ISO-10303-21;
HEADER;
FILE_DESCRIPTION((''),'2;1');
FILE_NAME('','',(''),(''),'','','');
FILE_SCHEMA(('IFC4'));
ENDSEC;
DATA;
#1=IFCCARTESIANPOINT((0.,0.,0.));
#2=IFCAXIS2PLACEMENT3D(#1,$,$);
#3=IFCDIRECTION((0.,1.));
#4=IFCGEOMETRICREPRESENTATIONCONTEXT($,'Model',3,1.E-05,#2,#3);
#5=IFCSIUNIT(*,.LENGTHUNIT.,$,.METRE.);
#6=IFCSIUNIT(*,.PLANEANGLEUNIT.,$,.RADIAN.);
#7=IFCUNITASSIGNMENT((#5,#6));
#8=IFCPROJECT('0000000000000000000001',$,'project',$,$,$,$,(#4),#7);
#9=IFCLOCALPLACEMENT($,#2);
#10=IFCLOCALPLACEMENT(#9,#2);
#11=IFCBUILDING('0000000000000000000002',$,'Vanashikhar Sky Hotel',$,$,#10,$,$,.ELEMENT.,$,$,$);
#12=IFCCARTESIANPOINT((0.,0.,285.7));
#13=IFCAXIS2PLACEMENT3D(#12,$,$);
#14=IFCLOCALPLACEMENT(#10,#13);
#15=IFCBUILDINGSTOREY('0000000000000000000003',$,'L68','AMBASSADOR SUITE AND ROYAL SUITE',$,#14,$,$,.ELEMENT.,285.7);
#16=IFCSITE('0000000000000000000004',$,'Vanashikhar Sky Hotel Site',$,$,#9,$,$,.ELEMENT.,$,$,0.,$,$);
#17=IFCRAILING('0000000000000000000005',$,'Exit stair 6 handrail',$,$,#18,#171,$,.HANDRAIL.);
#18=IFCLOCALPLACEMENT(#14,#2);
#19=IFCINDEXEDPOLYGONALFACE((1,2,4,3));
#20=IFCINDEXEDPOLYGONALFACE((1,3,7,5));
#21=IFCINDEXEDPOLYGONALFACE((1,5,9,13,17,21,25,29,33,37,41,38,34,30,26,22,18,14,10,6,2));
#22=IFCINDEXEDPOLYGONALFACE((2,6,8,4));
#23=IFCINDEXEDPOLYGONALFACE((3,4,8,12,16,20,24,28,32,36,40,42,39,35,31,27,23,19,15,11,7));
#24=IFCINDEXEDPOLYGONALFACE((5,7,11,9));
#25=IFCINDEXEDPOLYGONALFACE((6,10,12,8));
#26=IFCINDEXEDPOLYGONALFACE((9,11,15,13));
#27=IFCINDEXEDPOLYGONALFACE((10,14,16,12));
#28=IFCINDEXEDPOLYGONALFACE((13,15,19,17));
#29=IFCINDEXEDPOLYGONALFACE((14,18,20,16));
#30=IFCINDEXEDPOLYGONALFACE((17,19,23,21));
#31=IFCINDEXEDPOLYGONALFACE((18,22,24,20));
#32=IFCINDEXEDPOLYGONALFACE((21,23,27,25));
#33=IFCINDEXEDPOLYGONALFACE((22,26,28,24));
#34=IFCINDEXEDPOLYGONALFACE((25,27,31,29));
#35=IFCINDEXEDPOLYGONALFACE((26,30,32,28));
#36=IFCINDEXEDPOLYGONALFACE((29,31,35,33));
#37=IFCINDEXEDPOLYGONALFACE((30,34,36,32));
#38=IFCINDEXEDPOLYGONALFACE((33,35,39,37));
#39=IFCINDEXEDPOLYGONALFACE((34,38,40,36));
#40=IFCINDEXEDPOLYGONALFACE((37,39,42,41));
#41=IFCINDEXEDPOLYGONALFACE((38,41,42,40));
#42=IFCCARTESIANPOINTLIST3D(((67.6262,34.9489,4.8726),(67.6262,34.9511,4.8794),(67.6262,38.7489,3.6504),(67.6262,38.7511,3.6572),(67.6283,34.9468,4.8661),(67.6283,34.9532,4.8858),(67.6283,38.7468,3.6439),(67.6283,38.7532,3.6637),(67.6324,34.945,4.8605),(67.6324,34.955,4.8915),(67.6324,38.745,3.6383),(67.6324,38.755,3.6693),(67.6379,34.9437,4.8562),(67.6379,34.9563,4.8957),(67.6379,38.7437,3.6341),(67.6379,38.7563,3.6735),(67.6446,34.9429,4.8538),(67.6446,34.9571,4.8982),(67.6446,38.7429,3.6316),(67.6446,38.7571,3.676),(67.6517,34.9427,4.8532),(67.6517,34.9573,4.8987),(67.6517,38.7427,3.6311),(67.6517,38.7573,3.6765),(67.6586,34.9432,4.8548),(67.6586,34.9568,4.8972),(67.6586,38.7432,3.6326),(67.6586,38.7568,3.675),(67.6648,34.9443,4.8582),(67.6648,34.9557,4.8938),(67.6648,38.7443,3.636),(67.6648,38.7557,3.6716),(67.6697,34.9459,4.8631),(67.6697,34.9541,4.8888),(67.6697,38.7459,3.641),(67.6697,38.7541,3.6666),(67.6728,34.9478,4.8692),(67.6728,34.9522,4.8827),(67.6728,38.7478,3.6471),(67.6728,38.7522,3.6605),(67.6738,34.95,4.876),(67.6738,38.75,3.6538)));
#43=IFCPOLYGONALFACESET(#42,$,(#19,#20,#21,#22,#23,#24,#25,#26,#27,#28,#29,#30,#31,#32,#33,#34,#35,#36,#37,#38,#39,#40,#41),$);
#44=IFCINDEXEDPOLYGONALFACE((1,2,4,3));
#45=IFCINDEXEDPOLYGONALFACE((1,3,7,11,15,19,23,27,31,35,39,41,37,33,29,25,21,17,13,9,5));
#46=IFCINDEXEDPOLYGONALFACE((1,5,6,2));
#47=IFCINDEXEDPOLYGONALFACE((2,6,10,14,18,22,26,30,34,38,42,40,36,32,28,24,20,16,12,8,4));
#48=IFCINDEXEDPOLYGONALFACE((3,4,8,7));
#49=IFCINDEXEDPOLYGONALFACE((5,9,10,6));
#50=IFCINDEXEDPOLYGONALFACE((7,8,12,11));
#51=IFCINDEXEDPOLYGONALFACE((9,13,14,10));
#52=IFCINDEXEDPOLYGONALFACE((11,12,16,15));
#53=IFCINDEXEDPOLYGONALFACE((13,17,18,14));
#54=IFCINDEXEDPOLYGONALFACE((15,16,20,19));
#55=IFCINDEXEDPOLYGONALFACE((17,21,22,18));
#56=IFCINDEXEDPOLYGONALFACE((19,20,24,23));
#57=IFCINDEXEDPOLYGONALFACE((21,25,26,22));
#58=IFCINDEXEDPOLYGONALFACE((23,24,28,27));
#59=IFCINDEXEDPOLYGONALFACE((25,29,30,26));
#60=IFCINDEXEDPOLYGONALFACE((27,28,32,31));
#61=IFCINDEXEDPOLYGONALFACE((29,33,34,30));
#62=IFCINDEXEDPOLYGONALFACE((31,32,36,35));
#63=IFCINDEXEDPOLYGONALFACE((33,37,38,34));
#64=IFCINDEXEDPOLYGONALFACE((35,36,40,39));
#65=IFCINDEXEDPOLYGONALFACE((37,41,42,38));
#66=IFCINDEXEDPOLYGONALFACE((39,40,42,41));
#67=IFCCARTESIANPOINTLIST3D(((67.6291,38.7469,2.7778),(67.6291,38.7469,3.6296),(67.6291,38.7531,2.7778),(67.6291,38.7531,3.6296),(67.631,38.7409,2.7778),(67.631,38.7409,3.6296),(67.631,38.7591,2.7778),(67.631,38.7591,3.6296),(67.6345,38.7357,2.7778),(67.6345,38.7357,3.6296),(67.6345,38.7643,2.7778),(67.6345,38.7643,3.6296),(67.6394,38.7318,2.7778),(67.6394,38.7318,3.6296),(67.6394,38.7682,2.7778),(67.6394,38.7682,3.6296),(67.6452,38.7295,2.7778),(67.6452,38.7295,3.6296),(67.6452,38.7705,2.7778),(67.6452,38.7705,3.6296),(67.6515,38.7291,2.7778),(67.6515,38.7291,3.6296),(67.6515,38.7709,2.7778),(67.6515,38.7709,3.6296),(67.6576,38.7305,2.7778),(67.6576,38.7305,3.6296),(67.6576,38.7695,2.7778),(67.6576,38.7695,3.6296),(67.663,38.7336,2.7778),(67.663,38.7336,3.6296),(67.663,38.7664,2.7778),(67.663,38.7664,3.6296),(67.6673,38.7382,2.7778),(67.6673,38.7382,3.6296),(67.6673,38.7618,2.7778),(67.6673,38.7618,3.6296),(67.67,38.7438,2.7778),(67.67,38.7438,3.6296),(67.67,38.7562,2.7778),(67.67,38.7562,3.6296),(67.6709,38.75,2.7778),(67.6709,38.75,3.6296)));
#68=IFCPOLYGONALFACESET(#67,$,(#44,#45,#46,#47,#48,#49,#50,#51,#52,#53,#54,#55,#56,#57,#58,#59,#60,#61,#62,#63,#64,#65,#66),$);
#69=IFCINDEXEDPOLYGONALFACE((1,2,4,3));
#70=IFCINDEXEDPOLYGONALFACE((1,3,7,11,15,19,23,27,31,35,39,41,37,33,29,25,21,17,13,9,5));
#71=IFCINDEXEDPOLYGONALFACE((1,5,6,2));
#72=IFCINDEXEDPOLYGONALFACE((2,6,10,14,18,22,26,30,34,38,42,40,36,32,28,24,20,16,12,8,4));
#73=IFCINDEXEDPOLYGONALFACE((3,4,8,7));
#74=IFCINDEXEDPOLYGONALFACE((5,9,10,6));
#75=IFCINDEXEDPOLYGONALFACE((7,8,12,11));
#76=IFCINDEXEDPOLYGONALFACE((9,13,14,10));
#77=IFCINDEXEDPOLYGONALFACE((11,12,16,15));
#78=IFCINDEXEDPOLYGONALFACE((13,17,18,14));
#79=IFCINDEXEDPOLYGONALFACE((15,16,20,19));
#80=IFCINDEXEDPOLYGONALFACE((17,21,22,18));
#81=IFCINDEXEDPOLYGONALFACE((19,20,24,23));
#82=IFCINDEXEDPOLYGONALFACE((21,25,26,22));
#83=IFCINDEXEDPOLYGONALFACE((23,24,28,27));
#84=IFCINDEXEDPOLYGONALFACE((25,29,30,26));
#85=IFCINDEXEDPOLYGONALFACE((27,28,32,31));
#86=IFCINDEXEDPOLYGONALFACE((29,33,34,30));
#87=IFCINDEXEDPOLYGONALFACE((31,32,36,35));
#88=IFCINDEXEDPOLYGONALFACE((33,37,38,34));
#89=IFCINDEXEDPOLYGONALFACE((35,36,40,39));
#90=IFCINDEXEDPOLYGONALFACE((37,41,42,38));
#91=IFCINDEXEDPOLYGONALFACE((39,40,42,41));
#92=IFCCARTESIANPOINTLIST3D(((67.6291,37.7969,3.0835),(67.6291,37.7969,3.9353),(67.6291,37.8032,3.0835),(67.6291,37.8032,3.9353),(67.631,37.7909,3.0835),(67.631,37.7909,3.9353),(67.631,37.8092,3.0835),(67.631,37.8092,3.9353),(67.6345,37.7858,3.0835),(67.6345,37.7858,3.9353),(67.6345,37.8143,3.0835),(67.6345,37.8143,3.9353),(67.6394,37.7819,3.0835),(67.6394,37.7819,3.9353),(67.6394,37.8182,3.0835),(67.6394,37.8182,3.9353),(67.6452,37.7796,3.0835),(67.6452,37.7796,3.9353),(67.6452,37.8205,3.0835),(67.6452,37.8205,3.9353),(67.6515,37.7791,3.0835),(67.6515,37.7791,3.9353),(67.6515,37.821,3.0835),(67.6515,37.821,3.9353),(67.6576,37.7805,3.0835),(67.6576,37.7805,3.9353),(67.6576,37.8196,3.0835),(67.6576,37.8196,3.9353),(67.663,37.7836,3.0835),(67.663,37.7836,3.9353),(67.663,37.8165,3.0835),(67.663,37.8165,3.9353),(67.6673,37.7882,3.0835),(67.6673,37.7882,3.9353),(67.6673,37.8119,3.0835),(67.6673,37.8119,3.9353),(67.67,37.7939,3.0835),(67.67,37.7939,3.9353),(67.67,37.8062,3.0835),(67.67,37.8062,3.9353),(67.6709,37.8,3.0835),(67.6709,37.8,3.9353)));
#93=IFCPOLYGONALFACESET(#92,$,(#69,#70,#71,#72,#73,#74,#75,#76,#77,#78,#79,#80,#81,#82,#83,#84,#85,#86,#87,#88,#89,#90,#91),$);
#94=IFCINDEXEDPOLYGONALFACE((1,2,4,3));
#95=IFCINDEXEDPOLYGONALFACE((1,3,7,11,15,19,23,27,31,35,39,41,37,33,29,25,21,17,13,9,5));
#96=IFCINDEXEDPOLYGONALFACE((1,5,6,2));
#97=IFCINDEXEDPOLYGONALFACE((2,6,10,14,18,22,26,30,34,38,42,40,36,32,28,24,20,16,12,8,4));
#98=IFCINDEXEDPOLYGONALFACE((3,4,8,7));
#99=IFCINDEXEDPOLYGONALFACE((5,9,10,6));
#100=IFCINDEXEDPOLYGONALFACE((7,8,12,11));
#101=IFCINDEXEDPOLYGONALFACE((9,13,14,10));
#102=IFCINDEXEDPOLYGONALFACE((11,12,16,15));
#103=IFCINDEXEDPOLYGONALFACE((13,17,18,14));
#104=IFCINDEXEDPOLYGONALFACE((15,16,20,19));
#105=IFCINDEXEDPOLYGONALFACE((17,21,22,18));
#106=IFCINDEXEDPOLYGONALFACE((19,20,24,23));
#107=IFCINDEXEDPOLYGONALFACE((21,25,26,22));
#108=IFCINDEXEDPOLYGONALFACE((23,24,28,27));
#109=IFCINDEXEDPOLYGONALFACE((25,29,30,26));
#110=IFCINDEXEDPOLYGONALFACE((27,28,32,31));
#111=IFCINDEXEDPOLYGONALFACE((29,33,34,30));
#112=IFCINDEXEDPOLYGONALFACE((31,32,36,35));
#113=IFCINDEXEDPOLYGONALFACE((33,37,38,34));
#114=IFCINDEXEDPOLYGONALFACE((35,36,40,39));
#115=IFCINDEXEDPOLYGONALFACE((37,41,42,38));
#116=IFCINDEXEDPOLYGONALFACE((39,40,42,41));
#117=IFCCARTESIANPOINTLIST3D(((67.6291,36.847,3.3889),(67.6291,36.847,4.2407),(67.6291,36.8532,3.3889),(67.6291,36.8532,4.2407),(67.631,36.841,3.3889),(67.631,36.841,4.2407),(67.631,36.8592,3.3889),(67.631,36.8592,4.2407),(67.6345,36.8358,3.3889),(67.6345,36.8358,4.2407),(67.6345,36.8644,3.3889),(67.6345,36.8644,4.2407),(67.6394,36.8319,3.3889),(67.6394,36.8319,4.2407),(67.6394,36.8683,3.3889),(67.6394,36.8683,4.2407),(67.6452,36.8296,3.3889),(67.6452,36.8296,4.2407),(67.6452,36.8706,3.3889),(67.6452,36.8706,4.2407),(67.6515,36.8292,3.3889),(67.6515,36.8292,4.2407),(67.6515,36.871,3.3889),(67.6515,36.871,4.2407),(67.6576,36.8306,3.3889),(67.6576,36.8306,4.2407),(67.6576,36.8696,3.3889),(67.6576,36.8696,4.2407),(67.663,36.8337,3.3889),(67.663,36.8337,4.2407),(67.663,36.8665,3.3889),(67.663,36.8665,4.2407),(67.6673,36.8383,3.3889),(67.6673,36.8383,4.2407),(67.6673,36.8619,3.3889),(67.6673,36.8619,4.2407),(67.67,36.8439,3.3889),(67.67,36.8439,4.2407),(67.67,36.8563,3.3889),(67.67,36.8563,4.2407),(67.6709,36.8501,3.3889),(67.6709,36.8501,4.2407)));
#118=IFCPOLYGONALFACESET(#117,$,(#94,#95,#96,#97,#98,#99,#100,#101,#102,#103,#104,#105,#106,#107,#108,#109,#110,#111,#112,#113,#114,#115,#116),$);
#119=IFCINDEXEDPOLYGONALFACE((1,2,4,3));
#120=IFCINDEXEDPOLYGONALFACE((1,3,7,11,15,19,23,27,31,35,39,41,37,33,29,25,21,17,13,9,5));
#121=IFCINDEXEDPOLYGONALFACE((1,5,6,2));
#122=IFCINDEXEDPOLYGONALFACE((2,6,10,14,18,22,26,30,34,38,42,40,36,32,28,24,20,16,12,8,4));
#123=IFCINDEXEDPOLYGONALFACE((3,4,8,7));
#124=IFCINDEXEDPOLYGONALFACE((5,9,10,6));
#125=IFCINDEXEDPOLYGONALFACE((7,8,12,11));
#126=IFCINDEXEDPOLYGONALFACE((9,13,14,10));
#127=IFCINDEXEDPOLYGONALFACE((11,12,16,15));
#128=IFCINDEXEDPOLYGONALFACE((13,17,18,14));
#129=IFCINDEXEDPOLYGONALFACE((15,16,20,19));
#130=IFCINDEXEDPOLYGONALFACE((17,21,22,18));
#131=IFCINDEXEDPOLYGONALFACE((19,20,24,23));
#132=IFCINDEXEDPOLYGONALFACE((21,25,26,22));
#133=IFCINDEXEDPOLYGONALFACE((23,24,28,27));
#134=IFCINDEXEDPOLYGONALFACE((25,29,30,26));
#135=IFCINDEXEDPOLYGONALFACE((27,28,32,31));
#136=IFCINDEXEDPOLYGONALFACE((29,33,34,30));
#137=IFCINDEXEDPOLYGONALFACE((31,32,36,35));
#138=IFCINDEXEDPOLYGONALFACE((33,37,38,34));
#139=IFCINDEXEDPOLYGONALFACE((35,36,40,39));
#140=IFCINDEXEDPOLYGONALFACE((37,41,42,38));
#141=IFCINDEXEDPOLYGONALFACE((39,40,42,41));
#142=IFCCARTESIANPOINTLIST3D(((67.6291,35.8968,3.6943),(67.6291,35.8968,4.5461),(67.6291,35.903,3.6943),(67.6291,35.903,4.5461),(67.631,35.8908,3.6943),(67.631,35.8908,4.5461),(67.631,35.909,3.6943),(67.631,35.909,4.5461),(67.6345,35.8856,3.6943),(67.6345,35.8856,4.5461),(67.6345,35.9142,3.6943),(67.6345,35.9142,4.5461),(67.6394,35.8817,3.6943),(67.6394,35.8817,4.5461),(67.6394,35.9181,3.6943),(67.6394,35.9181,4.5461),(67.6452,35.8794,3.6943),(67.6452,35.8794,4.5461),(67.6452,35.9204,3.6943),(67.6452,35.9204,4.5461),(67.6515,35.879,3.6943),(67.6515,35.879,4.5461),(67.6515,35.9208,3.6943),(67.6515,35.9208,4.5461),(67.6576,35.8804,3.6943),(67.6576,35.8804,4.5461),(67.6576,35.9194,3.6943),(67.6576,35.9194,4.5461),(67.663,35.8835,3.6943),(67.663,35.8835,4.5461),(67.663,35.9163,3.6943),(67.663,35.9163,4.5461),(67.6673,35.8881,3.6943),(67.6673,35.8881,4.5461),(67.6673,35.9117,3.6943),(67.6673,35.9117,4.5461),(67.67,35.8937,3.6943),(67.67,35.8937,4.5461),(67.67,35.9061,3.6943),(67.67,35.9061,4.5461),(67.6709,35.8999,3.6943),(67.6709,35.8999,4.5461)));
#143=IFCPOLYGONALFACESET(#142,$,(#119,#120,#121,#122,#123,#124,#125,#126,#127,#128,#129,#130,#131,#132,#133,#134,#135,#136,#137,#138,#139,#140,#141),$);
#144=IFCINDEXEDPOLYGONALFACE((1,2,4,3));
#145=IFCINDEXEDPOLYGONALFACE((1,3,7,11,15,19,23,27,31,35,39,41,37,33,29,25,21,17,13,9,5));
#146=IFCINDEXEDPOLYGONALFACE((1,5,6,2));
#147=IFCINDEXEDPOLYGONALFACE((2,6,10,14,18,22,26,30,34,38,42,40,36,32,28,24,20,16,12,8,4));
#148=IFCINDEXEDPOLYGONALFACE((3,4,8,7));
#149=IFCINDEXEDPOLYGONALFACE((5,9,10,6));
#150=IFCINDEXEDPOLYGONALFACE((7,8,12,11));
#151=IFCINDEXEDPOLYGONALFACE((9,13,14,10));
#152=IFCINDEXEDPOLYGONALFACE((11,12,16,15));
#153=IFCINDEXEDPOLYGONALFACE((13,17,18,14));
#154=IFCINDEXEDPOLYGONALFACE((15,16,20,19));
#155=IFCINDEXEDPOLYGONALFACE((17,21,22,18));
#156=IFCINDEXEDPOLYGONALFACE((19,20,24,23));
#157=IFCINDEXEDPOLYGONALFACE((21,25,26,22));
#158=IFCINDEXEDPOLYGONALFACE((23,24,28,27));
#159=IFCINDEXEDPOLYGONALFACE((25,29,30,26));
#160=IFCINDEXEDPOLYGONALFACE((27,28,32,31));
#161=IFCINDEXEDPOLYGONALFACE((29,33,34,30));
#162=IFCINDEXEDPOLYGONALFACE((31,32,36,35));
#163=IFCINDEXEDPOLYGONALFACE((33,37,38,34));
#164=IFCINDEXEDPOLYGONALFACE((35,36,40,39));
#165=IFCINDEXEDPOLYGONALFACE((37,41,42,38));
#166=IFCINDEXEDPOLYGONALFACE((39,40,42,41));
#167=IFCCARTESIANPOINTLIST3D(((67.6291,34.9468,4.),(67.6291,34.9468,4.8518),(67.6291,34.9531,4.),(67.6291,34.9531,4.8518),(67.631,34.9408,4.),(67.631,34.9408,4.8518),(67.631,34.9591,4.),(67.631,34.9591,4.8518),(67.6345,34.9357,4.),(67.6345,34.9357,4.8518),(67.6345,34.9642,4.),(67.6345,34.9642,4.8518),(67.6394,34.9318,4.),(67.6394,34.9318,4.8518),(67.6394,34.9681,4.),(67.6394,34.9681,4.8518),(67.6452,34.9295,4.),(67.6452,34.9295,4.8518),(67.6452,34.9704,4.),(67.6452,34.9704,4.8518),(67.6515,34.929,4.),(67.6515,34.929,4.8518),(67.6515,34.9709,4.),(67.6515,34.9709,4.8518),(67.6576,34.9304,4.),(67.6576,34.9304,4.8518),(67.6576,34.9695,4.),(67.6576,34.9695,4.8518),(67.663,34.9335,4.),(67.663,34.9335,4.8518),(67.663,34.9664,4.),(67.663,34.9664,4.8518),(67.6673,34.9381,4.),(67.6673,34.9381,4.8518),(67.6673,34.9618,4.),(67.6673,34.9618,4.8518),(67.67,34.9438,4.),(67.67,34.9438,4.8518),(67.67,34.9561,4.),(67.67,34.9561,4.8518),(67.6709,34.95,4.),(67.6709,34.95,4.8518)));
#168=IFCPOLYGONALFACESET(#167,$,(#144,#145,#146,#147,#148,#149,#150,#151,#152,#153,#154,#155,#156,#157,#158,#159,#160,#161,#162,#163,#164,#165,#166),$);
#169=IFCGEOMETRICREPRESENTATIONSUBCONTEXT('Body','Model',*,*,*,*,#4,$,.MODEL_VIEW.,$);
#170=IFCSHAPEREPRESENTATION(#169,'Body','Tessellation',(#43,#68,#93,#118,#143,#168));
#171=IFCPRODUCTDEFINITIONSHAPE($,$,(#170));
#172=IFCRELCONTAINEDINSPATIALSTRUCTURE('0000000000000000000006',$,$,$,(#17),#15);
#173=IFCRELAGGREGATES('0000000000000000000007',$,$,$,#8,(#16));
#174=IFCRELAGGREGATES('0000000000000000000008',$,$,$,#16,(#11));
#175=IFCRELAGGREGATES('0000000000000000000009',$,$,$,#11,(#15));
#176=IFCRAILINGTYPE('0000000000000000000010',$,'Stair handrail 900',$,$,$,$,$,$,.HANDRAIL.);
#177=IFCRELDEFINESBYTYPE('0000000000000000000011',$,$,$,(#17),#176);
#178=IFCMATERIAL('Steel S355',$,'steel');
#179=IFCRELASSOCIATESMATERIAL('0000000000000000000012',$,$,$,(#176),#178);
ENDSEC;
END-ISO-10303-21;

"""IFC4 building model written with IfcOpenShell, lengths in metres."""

from ifc_helpers import new_model, si_unit, direction, frame, origin, origin_2d, place, context, subcontext, project, spatial, circle, extrude, source, transform, mapped, material, type_object, element, save


model = new_model("IFC4")

# Units and contexts
model_context = context("Model", 3, precision=1e-05, world=origin(), true_north=direction((0.0, 1.0)))
body_context = subcontext(model_context, "Body", "Model", "MODEL_VIEW")
ifc_project = project(units=[si_unit("LENGTHUNIT", "METRE"), si_unit("PLANEANGLEUNIT", "RADIAN")], contexts=[model_context])

# Site, building, storey
site_placement = place(None, origin())
site = spatial("IfcSite", under=ifc_project, at=site_placement, Name="Vanashikhar Sky Hotel Site", CompositionType="ELEMENT", RefElevation=0.0)
building_placement = place(site_placement, origin())
building = spatial("IfcBuilding", under=site, at=building_placement, Name="Vanashikhar Sky Hotel", CompositionType="ELEMENT")
storey_placement = place(building_placement, frame((0.0, 0.0, 285.7)))
storey = spatial("IfcBuildingStorey", under=building, at=storey_placement, Name="L68", Description="AMBASSADOR SUITE AND ROYAL SUITE", CompositionType="ELEMENT", Elevation=285.7)

# Railing
ifc_material_1 = material(Name="Steel S355", Category="steel")
railing_type_1 = type_object("IfcRailingType", Name="Stair handrail 900", PredefinedType="HANDRAIL", material=ifc_material_1)
shared_shape_1 = source(origin(), body_context, "Body", "SweptSolid", [
    extrude(circle(Radius=0.0239, at=origin_2d()), frame((0.0, 0.0, 0.876), z_axis=(0.0, -0.951976, 0.306173), x_axis=(1.0, 0.0, 0.0)), (0.0, 0.0, 1.0), 3.9917),
    extrude(circle(Radius=0.021, at=origin_2d()), origin(), (0.0, 0.0, 1.0), 0.8518),
    extrude(circle(Radius=0.021, at=origin_2d()), frame((0.0, -0.95, 0.3057)), (0.0, 0.0, 1.0), 0.8518),
    extrude(circle(Radius=0.021, at=origin_2d()), frame((0.0, -1.8999, 0.6111)), (0.0, 0.0, 1.0), 0.8518),
    extrude(circle(Radius=0.021, at=origin_2d()), frame((0.0, -2.8501, 0.9165)), (0.0, 0.0, 1.0), 0.8518),
    extrude(circle(Radius=0.021, at=origin_2d()), frame((0.0, -3.8, 1.2222)), (0.0, 0.0, 1.0), 0.8518),
])
for number, where, name in (
    (1, (67.6499, 38.75, 2.7778), "Exit stair 6 handrail"),
):
    element("IfcRailing", number, at=place(storey_placement, frame(where)), inside=storey, type_object=railing_type_1, Name=name, PredefinedType="HANDRAIL", context=body_context, shape_type="MappedRepresentation", body=[
        mapped(shared_shape_1, transform((0.0, 0.0, 0.0), scale=1.0)),
    ])

save(model, "model.ifc")
